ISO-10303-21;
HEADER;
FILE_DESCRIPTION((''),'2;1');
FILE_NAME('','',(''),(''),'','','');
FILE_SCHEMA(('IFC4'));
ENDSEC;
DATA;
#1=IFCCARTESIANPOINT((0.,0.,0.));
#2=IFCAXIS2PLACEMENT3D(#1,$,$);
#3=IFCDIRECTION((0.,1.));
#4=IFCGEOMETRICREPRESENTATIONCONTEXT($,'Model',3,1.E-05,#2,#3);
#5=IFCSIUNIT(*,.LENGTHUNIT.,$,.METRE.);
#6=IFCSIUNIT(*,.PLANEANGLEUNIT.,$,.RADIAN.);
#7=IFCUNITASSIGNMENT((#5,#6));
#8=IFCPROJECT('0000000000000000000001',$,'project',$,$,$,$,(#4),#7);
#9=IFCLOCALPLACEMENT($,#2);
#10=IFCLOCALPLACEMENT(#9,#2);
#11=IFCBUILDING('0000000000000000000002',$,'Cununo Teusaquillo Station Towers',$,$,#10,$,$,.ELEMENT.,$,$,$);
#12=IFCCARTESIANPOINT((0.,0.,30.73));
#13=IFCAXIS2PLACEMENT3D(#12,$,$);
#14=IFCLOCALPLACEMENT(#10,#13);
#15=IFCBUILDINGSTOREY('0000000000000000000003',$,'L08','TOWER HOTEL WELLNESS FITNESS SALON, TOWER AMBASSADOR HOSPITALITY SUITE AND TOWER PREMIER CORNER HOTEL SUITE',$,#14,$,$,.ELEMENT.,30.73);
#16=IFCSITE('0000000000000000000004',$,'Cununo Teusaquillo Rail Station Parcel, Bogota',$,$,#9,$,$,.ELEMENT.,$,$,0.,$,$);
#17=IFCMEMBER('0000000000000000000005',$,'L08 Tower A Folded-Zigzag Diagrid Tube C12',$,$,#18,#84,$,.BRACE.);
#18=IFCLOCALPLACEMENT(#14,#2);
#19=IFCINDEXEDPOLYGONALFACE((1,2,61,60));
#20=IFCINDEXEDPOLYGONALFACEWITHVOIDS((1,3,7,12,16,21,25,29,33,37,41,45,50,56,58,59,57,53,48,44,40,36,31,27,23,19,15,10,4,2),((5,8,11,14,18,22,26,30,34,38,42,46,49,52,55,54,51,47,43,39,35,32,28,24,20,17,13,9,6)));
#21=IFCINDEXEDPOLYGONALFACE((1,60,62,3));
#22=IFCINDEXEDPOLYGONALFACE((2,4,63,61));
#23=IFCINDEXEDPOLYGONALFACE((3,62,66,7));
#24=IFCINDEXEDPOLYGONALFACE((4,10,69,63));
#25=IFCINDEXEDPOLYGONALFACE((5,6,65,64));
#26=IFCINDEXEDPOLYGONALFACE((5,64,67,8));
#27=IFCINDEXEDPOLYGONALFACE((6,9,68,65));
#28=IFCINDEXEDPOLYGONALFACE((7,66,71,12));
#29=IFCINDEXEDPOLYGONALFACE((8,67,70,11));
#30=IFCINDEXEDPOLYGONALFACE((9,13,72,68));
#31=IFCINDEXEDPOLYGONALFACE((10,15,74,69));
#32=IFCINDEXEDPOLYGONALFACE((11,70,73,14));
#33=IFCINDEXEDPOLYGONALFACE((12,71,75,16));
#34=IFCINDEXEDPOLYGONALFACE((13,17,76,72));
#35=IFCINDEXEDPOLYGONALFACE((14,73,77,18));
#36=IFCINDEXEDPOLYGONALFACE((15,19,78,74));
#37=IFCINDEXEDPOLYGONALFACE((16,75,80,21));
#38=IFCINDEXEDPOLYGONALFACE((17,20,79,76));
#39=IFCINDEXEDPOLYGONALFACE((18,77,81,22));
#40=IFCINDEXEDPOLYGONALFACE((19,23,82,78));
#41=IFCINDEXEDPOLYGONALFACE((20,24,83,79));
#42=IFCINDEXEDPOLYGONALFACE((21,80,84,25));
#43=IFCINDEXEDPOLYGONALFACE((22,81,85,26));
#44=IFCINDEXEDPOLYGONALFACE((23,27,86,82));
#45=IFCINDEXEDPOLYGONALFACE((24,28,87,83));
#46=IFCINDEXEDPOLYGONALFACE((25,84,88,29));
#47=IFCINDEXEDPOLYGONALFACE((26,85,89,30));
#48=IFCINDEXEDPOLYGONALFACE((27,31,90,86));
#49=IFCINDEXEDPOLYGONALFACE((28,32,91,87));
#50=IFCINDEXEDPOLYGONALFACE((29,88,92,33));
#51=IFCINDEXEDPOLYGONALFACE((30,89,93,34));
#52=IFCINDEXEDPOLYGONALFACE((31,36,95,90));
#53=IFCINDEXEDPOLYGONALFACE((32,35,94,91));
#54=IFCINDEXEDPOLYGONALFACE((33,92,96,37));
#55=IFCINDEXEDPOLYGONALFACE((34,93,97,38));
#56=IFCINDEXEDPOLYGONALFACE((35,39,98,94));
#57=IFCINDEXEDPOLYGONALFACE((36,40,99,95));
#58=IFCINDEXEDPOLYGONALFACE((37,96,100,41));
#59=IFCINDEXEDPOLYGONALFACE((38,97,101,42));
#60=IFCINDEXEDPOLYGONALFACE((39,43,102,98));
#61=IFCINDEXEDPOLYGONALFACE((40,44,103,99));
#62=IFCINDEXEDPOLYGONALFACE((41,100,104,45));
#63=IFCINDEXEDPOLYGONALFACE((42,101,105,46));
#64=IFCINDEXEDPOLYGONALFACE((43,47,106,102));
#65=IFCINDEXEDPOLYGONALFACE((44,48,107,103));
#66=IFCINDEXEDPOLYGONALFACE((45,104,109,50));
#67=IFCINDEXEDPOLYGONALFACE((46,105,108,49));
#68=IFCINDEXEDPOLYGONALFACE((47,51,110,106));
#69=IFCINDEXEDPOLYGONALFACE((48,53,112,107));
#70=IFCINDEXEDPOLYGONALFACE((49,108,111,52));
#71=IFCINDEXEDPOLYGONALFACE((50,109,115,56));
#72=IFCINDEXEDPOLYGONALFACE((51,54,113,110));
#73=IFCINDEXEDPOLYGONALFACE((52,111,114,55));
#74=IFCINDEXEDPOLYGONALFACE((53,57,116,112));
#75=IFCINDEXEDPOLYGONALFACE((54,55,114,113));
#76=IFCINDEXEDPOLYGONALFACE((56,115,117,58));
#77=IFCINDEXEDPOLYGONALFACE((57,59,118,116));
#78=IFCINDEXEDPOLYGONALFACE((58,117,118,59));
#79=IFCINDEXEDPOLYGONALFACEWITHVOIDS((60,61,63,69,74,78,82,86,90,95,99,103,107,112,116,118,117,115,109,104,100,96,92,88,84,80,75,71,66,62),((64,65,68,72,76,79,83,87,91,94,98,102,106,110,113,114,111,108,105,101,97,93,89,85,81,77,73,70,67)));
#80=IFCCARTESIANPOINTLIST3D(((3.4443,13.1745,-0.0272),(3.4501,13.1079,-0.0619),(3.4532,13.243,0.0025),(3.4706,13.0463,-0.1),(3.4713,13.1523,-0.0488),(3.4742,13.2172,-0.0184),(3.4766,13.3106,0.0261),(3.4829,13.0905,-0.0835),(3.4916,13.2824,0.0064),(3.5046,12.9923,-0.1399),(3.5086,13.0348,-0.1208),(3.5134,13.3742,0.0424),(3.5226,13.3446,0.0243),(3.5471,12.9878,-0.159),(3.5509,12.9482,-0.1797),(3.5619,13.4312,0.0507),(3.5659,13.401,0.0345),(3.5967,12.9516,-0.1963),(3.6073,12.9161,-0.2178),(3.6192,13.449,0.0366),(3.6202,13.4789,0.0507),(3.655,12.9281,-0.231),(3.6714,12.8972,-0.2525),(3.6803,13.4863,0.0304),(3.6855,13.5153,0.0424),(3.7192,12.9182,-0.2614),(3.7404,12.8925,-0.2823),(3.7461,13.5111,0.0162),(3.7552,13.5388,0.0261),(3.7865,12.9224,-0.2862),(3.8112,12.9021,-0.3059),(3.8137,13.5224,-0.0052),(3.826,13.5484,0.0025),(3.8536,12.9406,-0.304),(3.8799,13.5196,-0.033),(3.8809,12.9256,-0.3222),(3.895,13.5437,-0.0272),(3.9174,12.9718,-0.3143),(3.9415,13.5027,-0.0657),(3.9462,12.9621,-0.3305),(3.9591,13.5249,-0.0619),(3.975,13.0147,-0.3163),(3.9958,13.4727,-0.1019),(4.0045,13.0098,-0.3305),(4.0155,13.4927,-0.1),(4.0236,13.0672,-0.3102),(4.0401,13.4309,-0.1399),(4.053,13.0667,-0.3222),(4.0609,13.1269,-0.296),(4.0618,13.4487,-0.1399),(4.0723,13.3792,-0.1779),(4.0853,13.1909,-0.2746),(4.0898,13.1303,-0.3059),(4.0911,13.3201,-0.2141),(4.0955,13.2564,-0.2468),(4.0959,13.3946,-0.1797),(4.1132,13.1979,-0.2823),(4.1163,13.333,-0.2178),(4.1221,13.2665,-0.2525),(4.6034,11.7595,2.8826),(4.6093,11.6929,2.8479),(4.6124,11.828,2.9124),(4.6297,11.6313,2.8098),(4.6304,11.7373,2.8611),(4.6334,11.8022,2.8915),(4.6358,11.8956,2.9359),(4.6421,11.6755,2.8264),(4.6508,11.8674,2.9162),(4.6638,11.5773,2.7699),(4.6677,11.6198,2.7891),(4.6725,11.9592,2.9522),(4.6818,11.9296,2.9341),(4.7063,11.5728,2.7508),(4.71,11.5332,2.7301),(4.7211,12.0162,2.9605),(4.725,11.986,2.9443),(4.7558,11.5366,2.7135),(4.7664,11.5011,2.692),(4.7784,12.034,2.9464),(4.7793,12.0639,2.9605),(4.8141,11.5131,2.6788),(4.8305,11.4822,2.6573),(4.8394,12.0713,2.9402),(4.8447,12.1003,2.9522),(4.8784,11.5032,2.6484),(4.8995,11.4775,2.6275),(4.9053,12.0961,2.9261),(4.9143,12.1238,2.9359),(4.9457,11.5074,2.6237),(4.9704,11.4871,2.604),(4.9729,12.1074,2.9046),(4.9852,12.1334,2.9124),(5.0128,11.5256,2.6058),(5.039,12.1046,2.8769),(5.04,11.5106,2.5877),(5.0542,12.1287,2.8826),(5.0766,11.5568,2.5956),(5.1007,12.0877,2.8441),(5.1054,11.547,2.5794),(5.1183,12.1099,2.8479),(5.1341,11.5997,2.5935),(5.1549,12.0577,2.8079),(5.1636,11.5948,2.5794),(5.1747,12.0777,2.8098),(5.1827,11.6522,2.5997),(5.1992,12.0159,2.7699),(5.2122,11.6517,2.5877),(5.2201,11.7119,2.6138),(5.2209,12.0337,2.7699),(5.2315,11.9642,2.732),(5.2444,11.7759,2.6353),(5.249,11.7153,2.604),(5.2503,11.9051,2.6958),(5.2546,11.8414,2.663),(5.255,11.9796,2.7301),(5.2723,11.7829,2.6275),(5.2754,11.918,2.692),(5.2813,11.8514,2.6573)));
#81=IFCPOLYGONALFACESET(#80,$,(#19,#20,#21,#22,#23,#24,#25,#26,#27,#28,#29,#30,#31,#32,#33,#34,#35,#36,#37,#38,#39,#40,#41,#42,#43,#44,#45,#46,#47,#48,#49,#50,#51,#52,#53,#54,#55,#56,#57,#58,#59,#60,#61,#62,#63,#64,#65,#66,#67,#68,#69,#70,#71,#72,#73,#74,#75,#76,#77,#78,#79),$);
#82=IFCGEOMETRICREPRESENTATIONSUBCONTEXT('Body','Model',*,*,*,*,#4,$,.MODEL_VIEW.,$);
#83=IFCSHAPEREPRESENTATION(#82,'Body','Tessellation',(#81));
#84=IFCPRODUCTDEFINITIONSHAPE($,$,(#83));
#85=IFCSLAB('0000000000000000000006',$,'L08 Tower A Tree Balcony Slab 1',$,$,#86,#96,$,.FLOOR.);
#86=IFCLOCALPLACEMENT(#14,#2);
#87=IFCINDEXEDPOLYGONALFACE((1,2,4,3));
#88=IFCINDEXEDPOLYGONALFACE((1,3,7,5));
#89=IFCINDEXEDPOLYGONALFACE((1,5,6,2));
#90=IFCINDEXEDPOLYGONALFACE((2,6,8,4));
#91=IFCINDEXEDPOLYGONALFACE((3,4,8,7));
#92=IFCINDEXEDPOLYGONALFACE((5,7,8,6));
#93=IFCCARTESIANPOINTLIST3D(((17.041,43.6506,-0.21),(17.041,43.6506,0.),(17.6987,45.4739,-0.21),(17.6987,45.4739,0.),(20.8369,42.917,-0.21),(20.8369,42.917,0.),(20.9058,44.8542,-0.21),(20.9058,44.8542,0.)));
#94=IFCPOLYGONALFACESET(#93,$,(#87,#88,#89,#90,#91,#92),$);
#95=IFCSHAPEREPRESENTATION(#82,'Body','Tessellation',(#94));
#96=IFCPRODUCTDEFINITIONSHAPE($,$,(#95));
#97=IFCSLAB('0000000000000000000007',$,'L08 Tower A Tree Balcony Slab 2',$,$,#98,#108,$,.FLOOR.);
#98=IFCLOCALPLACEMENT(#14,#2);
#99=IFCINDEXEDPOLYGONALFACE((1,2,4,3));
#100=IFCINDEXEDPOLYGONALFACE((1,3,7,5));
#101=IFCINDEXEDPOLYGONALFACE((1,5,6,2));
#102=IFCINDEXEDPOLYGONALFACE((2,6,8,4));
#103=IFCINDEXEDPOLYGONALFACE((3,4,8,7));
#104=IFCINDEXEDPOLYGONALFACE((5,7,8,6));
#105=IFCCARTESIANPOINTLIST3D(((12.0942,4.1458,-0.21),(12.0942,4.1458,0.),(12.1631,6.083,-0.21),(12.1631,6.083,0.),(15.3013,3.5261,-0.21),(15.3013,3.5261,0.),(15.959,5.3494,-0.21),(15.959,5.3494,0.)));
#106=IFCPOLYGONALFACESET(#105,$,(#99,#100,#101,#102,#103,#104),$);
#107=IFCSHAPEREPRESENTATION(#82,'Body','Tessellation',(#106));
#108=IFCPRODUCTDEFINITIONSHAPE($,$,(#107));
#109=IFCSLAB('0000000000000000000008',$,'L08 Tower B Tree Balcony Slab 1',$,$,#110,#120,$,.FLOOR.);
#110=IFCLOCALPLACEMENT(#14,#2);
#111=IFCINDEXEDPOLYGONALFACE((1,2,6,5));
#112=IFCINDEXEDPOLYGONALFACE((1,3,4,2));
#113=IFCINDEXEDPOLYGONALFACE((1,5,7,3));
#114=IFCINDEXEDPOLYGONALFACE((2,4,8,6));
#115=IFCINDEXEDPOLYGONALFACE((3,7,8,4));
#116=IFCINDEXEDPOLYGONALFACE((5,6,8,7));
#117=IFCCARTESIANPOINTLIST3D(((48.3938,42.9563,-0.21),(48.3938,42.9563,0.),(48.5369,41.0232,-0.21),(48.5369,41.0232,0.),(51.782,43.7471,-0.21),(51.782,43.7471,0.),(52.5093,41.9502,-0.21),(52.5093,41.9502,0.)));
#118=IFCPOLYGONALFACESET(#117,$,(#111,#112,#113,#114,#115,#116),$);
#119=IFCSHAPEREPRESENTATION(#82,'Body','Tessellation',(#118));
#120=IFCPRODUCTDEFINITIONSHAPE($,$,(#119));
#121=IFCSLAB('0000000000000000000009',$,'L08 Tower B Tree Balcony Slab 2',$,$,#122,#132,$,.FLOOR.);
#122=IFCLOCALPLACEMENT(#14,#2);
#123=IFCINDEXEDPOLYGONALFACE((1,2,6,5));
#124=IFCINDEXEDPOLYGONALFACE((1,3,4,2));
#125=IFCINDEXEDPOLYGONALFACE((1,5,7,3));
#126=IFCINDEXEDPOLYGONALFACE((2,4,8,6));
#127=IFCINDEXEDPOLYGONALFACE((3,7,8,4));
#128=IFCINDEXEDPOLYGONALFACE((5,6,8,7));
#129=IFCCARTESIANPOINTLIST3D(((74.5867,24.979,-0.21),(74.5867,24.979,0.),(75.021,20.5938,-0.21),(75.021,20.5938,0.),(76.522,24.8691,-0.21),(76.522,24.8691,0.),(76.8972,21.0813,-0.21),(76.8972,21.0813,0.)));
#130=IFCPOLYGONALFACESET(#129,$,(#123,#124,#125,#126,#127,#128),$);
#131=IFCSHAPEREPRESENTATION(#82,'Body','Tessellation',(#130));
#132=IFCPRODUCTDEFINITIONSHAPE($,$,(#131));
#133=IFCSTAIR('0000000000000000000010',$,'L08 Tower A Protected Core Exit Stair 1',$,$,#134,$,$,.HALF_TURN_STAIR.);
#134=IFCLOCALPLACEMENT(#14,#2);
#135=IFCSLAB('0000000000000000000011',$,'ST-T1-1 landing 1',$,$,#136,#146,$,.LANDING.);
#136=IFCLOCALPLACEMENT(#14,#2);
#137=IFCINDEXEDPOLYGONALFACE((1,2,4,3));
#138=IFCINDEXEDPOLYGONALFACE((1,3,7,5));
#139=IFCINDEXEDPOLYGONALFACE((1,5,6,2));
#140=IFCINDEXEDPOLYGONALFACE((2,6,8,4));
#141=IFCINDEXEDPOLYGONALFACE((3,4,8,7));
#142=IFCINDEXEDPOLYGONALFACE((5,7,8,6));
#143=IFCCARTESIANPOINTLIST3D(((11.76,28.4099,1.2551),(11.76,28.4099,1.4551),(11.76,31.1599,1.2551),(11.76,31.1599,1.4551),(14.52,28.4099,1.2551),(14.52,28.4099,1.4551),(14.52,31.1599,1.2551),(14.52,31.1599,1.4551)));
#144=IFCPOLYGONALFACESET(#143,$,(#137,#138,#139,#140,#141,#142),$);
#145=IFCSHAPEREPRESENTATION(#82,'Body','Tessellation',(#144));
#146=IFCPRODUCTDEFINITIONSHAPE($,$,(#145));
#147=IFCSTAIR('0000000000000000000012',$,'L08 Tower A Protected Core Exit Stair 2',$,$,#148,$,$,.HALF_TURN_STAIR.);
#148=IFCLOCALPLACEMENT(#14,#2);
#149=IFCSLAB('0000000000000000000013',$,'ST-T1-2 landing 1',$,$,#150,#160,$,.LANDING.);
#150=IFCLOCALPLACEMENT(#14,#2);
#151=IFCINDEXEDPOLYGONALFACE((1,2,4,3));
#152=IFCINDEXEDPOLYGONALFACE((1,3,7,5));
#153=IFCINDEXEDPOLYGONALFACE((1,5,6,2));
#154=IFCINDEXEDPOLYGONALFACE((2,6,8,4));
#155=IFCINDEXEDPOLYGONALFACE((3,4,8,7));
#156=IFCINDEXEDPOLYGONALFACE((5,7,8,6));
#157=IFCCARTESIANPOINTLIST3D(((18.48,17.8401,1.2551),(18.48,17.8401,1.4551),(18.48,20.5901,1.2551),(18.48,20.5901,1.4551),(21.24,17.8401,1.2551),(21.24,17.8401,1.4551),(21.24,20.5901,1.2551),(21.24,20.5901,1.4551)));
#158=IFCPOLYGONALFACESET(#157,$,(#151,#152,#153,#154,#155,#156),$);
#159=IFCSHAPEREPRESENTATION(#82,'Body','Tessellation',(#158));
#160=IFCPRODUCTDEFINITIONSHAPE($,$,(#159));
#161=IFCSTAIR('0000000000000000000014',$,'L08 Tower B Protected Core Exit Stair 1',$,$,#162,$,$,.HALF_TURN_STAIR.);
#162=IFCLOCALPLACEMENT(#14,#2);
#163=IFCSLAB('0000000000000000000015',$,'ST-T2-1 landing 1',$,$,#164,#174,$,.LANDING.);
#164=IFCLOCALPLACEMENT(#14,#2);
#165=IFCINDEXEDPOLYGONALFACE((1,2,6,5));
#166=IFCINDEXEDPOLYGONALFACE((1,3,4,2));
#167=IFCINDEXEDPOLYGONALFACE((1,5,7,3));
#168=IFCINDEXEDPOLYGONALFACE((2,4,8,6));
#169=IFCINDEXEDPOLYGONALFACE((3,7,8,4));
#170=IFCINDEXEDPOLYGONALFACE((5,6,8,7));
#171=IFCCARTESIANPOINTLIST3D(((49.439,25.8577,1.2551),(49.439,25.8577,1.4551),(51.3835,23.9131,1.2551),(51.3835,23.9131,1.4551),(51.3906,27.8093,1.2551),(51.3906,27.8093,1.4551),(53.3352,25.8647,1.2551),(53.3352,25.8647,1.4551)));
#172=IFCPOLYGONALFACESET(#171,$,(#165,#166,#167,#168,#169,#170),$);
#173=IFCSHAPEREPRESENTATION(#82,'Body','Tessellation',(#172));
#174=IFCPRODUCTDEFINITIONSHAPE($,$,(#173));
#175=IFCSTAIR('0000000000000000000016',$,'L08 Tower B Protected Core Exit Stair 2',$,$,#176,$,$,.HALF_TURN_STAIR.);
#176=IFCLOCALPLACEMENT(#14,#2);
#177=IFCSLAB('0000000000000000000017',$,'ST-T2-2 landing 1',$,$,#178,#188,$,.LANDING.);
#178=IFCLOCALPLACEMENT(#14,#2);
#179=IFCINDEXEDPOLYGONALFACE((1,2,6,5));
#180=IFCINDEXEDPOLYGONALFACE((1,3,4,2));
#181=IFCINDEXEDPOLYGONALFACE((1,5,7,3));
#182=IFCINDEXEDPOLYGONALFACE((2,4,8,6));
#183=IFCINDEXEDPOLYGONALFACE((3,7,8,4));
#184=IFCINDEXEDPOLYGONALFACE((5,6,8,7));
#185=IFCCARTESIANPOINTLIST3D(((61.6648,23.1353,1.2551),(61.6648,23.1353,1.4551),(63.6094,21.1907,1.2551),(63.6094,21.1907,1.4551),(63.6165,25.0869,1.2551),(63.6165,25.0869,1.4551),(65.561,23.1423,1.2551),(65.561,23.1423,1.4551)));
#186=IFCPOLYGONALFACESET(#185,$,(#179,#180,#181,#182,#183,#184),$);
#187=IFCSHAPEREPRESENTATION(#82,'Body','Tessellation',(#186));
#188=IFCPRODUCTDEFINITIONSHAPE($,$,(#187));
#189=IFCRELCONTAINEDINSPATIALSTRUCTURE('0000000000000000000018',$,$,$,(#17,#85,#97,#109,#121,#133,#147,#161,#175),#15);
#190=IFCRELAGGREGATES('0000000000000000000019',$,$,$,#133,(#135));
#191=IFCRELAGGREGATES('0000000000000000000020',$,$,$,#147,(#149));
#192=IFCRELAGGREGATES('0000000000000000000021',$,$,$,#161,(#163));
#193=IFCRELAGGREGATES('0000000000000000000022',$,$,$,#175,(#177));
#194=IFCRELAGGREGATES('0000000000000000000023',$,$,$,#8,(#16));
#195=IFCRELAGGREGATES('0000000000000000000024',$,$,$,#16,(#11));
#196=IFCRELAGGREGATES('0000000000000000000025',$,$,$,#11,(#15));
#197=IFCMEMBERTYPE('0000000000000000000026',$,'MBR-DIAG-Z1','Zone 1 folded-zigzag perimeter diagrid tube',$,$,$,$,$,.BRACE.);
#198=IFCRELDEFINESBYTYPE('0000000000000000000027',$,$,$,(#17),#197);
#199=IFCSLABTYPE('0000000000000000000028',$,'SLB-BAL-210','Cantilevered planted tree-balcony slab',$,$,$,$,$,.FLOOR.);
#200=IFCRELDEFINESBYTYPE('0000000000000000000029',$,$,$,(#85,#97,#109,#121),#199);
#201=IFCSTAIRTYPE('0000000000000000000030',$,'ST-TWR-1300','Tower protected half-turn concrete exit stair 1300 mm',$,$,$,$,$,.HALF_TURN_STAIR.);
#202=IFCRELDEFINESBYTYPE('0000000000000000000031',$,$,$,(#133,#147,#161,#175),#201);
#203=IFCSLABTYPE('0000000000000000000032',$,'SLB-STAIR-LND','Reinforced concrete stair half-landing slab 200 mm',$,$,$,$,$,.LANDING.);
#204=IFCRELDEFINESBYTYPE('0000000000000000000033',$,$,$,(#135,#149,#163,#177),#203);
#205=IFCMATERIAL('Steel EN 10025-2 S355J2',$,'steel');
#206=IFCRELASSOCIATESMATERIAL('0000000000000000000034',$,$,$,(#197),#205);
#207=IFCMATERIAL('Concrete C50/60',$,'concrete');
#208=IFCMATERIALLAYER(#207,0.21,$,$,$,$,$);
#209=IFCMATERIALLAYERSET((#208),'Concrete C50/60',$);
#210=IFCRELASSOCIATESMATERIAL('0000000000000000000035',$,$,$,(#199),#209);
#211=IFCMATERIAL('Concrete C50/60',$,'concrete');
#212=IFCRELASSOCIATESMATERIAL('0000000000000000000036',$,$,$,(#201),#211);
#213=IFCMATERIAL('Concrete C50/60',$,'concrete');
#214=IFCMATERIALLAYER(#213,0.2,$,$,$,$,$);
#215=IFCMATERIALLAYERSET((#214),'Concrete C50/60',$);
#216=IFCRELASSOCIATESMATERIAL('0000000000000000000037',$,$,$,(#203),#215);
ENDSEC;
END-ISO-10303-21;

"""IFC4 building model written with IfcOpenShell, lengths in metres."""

from ifc_helpers import new_model, si_unit, direction, frame, origin, origin_2d, place, context, subcontext, project, spatial, polyline, hollow_circle, outline, extrude, material, layer, layer_set, material_profile, profile_set, type_object, element, aggregate, save


model = new_model("IFC4")

# Units and contexts
model_context = context("Model", 3, precision=1e-05, world=origin(), true_north=direction((0.0, 1.0)))
body_context = subcontext(model_context, "Body", "Model", "MODEL_VIEW")
ifc_project = project(units=[si_unit("LENGTHUNIT", "METRE"), si_unit("PLANEANGLEUNIT", "RADIAN")], contexts=[model_context])

# Site, building, storey
site_placement = place(None, origin())
site = spatial("IfcSite", under=ifc_project, at=site_placement, Name="Cununo Teusaquillo Rail Station Parcel, Bogota", CompositionType="ELEMENT", RefElevation=0.0)
building_placement = place(site_placement, origin())
building = spatial("IfcBuilding", under=site, at=building_placement, Name="Cununo Teusaquillo Station Towers", CompositionType="ELEMENT")
storey_placement = place(building_placement, frame((0.0, 0.0, 30.73)))
storey = spatial("IfcBuildingStorey", under=building, at=storey_placement, Name="L08", Description="TOWER HOTEL WELLNESS FITNESS SALON, TOWER AMBASSADOR HOSPITALITY SUITE AND TOWER PREMIER CORNER HOTEL SUITE", CompositionType="ELEMENT", Elevation=30.73)

# Member
ifc_material_1 = material(Name="Steel EN 10025-2 S355J2", Category="steel")
ifc_material_profile_1 = material_profile(ifc_material_1, hollow_circle(Radius=0.3601, WallThickness=0.0281, at=origin_2d()), Name="CHS 720x28")
ifc_profile_set_1 = profile_set([ifc_material_profile_1], Name="Steel EN 10025-2 S355J2")
member_type = type_object("IfcMemberType", Name="MBR-DIAG-Z1", Description="Zone 1 folded-zigzag perimeter diagrid tube", PredefinedType="BRACE", material=ifc_profile_set_1)
member_placement = place(storey_placement, frame((3.7832, 13.2205, -0.1399), z_axis=(0.337256, -0.411696, 0.84662), x_axis=(0.773577, 0.633703, 0.0)))
element("IfcMember", 1, at=member_placement, inside=storey, type_object=member_type, Name="L08 Tower A Folded-Zigzag Diagrid Tube C12", PredefinedType="BRACE", context=body_context, shape_type="SweptSolid", body=[
    extrude(hollow_circle(Radius=0.3601, WallThickness=0.0281, at=origin_2d()), origin(), (0.0, 0.0, 1.0), 3.437),
])

# Slabs
ifc_material_2 = material(Name="Concrete C50/60", Category="concrete")
ifc_layer_1 = layer(ifc_material_2, 0.21)
ifc_layer_set_1 = layer_set([ifc_layer_1], Name="Concrete C50/60")
slab_type_1 = type_object("IfcSlabType", Name="SLB-BAL-210", Description="Cantilevered planted tree-balcony slab", PredefinedType="FLOOR", material=ifc_layer_set_1)
slab_1_placement = place(storey_placement, frame((0.0, 0.0, -0.21)))
element("IfcSlab", 2, at=slab_1_placement, inside=storey, type_object=slab_type_1, Name="L08 Tower A Tree Balcony Slab 1", PredefinedType="FLOOR", context=body_context, shape_type="SweptSolid", body=[
    extrude(outline(polyline([(20.8369, 42.917), (17.041, 43.6506), (17.6987, 45.4739), (20.9058, 44.8542), (20.8369, 42.917)])), origin(), (0.0, 0.0, 1.0), 0.21),
])
slab_2_placement = place(storey_placement, frame((0.0, 0.0, -0.21)))
element("IfcSlab", 3, at=slab_2_placement, inside=storey, type_object=slab_type_1, Name="L08 Tower A Tree Balcony Slab 2", PredefinedType="FLOOR", context=body_context, shape_type="SweptSolid", body=[
    extrude(outline(polyline([(12.1631, 6.083), (15.959, 5.3494), (15.3013, 3.5261), (12.0942, 4.1458), (12.1631, 6.083)])), origin(), (0.0, 0.0, 1.0), 0.21),
])
slab_3_placement = place(storey_placement, frame((0.0, 0.0, -0.21)))
element("IfcSlab", 4, at=slab_3_placement, inside=storey, type_object=slab_type_1, Name="L08 Tower B Tree Balcony Slab 1", PredefinedType="FLOOR", context=body_context, shape_type="SweptSolid", body=[
    extrude(outline(polyline([(52.5093, 41.9502), (48.5369, 41.0232), (48.3938, 42.9563), (51.782, 43.7471), (52.5093, 41.9502)])), origin(), (0.0, 0.0, 1.0), 0.21),
])
slab_4_placement = place(storey_placement, frame((0.0, 0.0, -0.21)))
element("IfcSlab", 5, at=slab_4_placement, inside=storey, type_object=slab_type_1, Name="L08 Tower B Tree Balcony Slab 2", PredefinedType="FLOOR", context=body_context, shape_type="SweptSolid", body=[
    extrude(outline(polyline([(75.021, 20.5938), (74.5867, 24.979), (76.522, 24.8691), (76.8972, 21.0813), (75.021, 20.5938)])), origin(), (0.0, 0.0, 1.0), 0.21),
])

# Stairs, slabs
ifc_material_3 = material(Name="Concrete C50/60", Category="concrete")
stair_type = type_object("IfcStairType", Name="ST-TWR-1300", Description="Tower protected half-turn concrete exit stair 1300 mm", PredefinedType="HALF_TURN_STAIR", material=ifc_material_3)
stair_1_placement = place(storey_placement, origin())
stair_1 = element("IfcStair", 6, at=stair_1_placement, inside=storey, type_object=stair_type, Name="L08 Tower A Protected Core Exit Stair 1", PredefinedType="HALF_TURN_STAIR")
ifc_material_4 = material(Name="Concrete C50/60", Category="concrete")
ifc_layer_2 = layer(ifc_material_4, 0.2)
ifc_layer_set_2 = layer_set([ifc_layer_2], Name="Concrete C50/60")
slab_type_2 = type_object("IfcSlabType", Name="SLB-STAIR-LND", Description="Reinforced concrete stair half-landing slab 200 mm", PredefinedType="LANDING", material=ifc_layer_set_2)
slab_5_placement = place(storey_placement, frame((0.0, 0.0, 1.2551)))
slab_5 = element("IfcSlab", 7, at=slab_5_placement, type_object=slab_type_2, Name="ST-T1-1 landing 1", PredefinedType="LANDING", context=body_context, shape_type="SweptSolid", body=[
    extrude(outline(polyline([(14.52, 28.4099), (14.52, 31.1599), (11.76, 31.1599), (11.76, 28.4099), (14.52, 28.4099)])), origin(), (0.0, 0.0, 1.0), 0.2),
])
aggregate(stair_1, [slab_5])
stair_2_placement = place(storey_placement, origin())
stair_2 = element("IfcStair", 8, at=stair_2_placement, inside=storey, type_object=stair_type, Name="L08 Tower A Protected Core Exit Stair 2", PredefinedType="HALF_TURN_STAIR")
slab_6_placement = place(storey_placement, frame((0.0, 0.0, 1.2551)))
slab_6 = element("IfcSlab", 9, at=slab_6_placement, type_object=slab_type_2, Name="ST-T1-2 landing 1", PredefinedType="LANDING", context=body_context, shape_type="SweptSolid", body=[
    extrude(outline(polyline([(18.48, 20.5901), (18.48, 17.8401), (21.24, 17.8401), (21.24, 20.5901), (18.48, 20.5901)])), origin(), (0.0, 0.0, 1.0), 0.2),
])
aggregate(stair_2, [slab_6])
stair_3_placement = place(storey_placement, origin())
stair_3 = element("IfcStair", 10, at=stair_3_placement, inside=storey, type_object=stair_type, Name="L08 Tower B Protected Core Exit Stair 1", PredefinedType="HALF_TURN_STAIR")
slab_7_placement = place(storey_placement, frame((0.0, 0.0, 1.2551)))
slab_7 = element("IfcSlab", 11, at=slab_7_placement, type_object=slab_type_2, Name="ST-T2-1 landing 1", PredefinedType="LANDING", context=body_context, shape_type="SweptSolid", body=[
    extrude(outline(polyline([(53.3352, 25.8647), (51.3906, 27.8093), (49.439, 25.8577), (51.3835, 23.9131), (53.3352, 25.8647)])), origin(), (0.0, 0.0, 1.0), 0.2),
])
aggregate(stair_3, [slab_7])
stair_4_placement = place(storey_placement, origin())
stair_4 = element("IfcStair", 12, at=stair_4_placement, inside=storey, type_object=stair_type, Name="L08 Tower B Protected Core Exit Stair 2", PredefinedType="HALF_TURN_STAIR")
slab_8_placement = place(storey_placement, frame((0.0, 0.0, 1.2551)))
slab_8 = element("IfcSlab", 13, at=slab_8_placement, type_object=slab_type_2, Name="ST-T2-2 landing 1", PredefinedType="LANDING", context=body_context, shape_type="SweptSolid", body=[
    extrude(outline(polyline([(61.6648, 23.1353), (63.6094, 21.1907), (65.561, 23.1423), (63.6165, 25.0869), (61.6648, 23.1353)])), origin(), (0.0, 0.0, 1.0), 0.2),
])
aggregate(stair_4, [slab_8])

save(model, "model.ifc")
